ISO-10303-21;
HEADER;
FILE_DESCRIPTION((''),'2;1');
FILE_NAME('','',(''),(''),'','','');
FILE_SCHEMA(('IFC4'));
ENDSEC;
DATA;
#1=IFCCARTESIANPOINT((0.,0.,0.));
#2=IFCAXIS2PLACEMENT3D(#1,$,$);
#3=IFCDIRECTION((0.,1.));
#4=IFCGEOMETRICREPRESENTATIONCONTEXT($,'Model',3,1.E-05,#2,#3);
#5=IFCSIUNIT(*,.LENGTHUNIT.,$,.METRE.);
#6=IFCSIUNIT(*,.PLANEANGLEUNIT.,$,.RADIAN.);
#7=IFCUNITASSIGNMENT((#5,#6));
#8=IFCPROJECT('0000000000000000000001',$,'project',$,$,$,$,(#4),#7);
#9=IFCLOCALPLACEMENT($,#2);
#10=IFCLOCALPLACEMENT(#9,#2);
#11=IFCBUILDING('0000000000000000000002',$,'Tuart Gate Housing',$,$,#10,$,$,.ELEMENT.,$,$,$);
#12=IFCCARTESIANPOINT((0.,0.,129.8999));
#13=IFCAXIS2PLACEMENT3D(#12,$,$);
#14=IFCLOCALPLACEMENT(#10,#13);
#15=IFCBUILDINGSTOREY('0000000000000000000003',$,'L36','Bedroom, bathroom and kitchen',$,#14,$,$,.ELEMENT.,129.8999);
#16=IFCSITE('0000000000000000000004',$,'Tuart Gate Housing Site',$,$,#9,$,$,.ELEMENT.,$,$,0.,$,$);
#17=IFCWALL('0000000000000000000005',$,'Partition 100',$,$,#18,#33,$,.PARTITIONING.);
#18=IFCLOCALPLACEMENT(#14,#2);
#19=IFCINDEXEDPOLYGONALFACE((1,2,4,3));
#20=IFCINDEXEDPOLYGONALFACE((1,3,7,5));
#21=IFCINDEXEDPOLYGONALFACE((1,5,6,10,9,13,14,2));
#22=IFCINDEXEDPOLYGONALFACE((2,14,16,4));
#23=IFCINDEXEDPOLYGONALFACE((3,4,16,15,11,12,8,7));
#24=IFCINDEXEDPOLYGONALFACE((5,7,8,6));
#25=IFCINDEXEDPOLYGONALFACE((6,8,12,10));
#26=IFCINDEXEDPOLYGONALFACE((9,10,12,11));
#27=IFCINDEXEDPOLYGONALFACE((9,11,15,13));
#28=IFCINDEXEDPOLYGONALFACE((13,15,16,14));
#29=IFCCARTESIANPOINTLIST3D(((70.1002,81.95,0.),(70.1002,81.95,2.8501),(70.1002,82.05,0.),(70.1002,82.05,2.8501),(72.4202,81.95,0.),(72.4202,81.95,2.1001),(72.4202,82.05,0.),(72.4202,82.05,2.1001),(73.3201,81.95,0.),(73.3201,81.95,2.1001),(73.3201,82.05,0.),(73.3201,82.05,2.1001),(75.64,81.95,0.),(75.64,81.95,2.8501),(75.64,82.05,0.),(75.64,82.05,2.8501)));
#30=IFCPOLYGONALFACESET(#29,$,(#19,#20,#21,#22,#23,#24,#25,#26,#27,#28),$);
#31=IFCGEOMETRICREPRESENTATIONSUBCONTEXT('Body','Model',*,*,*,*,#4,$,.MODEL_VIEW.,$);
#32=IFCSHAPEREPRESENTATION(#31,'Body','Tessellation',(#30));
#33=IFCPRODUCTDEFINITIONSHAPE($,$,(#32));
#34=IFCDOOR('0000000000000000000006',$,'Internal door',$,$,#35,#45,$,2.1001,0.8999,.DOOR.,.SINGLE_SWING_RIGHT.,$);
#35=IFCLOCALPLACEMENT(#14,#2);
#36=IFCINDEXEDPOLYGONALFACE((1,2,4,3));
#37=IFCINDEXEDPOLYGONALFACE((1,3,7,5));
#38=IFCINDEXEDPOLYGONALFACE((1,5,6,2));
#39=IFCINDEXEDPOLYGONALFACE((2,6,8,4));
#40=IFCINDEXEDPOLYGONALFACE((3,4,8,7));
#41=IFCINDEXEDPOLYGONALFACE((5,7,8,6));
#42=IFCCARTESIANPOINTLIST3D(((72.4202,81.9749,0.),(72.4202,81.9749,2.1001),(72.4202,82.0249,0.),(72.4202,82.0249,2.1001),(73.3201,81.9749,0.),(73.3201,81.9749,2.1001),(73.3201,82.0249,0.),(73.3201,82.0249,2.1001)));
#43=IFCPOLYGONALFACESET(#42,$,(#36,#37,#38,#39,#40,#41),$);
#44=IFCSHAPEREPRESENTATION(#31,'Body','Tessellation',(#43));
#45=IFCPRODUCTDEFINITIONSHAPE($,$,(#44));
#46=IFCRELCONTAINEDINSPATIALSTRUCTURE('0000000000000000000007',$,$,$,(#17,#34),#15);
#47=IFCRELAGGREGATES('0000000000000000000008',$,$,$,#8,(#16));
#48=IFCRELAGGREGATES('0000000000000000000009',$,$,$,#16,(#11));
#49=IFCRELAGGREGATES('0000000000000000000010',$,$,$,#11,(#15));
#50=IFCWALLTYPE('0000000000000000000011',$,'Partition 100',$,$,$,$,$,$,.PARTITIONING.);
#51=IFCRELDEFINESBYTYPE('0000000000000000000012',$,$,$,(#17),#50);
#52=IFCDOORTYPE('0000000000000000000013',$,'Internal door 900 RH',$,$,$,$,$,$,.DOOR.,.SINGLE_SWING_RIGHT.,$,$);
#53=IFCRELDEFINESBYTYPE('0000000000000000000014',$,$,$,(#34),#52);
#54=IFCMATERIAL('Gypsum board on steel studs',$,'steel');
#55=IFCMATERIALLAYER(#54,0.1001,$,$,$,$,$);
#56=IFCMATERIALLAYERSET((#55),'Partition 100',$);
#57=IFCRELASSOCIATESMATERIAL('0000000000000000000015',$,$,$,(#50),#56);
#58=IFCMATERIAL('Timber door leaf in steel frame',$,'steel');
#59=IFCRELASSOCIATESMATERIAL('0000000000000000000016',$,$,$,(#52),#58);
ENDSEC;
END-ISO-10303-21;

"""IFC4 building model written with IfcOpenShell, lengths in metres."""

from ifc_helpers import new_model, si_unit, direction, frame, frame_2d, origin, place, context, subcontext, project, spatial, rectangle, extrude, material, layer, layer_set, type_object, element, fill, save


model = new_model("IFC4")

# Units and contexts
model_context = context("Model", 3, precision=1e-05, world=origin(), true_north=direction((0.0, 1.0)))
body_context = subcontext(model_context, "Body", "Model", "MODEL_VIEW")
ifc_project = project(units=[si_unit("LENGTHUNIT", "METRE"), si_unit("PLANEANGLEUNIT", "RADIAN")], contexts=[model_context])

# Site, building, storey
site_placement = place(None, origin())
site = spatial("IfcSite", under=ifc_project, at=site_placement, Name="Tuart Gate Housing Site", CompositionType="ELEMENT", RefElevation=0.0)
building_placement = place(site_placement, origin())
building = spatial("IfcBuilding", under=site, at=building_placement, Name="Tuart Gate Housing", CompositionType="ELEMENT")
storey_placement = place(building_placement, frame((0.0, 0.0, 129.8999)))
storey = spatial("IfcBuildingStorey", under=building, at=storey_placement, Name="L36", Description="Bedroom, bathroom and kitchen", CompositionType="ELEMENT", Elevation=129.8999)

# Wall, opening, door
ifc_material_1 = material(Name="Gypsum board on steel studs", Category="steel")
ifc_layer_1 = layer(ifc_material_1, 0.1001)
ifc_layer_set_1 = layer_set([ifc_layer_1], Name="Partition 100")
wall_type_1 = type_object("IfcWallType", Name="Partition 100", PredefinedType="PARTITIONING", material=ifc_layer_set_1)
wall_1_placement = place(storey_placement, frame((70.1001, 82.0, 0.0), z_axis=(0.0, 0.0, 1.0), x_axis=(1.0, 0.0, 0.0)))
wall_1 = element("IfcWall", 1, at=wall_1_placement, inside=storey, type_object=wall_type_1, Name="Partition 100", PredefinedType="PARTITIONING", context=body_context, shape_type="SweptSolid", body=[
    extrude(rectangle(XDim=5.5398, YDim=0.1001, at=frame_2d((2.77, 0.0))), origin(), (0.0, 0.0, 1.0), 2.8501),
])
opening_1_placement = place(wall_1_placement, frame((2.3201, 0.0, 0.0)))
opening_1 = element("IfcOpeningElement", 2, at=opening_1_placement, cuts=wall_1, PredefinedType="OPENING", context=body_context, shape_type="SweptSolid", body=[
    extrude(rectangle(XDim=0.8999, YDim=2.1001, at=frame_2d((0.45, 1.05))), frame((0.0, 0.0601, 0.0), z_axis=(0.0, -1.0, 0.0), x_axis=(1.0, 0.0, 0.0)), (0.0, 0.0, 1.0), 0.1201),
])
ifc_material_2 = material(Name="Timber door leaf in steel frame", Category="steel")
door_type = type_object("IfcDoorType", Name="Internal door 900 RH", OperationType="SINGLE_SWING_RIGHT", PredefinedType="DOOR", material=ifc_material_2)
door_placement = place(opening_1_placement, origin())
door = element("IfcDoor", 3, at=door_placement, inside=storey, type_object=door_type, Name="Internal door", OperationType="SINGLE_SWING_RIGHT", OverallHeight=2.1001, OverallWidth=0.8999, PredefinedType="DOOR", context=body_context, shape_type="SweptSolid", body=[
    extrude(rectangle(XDim=0.8999, YDim=2.1001, at=frame_2d((0.45, 1.05))), frame((0.0, 0.0249, 0.0), z_axis=(0.0, -1.0, 0.0), x_axis=(1.0, 0.0, 0.0)), (0.0, 0.0, 1.0), 0.05),
])
fill(opening_1, door)

save(model, "model.ifc")
